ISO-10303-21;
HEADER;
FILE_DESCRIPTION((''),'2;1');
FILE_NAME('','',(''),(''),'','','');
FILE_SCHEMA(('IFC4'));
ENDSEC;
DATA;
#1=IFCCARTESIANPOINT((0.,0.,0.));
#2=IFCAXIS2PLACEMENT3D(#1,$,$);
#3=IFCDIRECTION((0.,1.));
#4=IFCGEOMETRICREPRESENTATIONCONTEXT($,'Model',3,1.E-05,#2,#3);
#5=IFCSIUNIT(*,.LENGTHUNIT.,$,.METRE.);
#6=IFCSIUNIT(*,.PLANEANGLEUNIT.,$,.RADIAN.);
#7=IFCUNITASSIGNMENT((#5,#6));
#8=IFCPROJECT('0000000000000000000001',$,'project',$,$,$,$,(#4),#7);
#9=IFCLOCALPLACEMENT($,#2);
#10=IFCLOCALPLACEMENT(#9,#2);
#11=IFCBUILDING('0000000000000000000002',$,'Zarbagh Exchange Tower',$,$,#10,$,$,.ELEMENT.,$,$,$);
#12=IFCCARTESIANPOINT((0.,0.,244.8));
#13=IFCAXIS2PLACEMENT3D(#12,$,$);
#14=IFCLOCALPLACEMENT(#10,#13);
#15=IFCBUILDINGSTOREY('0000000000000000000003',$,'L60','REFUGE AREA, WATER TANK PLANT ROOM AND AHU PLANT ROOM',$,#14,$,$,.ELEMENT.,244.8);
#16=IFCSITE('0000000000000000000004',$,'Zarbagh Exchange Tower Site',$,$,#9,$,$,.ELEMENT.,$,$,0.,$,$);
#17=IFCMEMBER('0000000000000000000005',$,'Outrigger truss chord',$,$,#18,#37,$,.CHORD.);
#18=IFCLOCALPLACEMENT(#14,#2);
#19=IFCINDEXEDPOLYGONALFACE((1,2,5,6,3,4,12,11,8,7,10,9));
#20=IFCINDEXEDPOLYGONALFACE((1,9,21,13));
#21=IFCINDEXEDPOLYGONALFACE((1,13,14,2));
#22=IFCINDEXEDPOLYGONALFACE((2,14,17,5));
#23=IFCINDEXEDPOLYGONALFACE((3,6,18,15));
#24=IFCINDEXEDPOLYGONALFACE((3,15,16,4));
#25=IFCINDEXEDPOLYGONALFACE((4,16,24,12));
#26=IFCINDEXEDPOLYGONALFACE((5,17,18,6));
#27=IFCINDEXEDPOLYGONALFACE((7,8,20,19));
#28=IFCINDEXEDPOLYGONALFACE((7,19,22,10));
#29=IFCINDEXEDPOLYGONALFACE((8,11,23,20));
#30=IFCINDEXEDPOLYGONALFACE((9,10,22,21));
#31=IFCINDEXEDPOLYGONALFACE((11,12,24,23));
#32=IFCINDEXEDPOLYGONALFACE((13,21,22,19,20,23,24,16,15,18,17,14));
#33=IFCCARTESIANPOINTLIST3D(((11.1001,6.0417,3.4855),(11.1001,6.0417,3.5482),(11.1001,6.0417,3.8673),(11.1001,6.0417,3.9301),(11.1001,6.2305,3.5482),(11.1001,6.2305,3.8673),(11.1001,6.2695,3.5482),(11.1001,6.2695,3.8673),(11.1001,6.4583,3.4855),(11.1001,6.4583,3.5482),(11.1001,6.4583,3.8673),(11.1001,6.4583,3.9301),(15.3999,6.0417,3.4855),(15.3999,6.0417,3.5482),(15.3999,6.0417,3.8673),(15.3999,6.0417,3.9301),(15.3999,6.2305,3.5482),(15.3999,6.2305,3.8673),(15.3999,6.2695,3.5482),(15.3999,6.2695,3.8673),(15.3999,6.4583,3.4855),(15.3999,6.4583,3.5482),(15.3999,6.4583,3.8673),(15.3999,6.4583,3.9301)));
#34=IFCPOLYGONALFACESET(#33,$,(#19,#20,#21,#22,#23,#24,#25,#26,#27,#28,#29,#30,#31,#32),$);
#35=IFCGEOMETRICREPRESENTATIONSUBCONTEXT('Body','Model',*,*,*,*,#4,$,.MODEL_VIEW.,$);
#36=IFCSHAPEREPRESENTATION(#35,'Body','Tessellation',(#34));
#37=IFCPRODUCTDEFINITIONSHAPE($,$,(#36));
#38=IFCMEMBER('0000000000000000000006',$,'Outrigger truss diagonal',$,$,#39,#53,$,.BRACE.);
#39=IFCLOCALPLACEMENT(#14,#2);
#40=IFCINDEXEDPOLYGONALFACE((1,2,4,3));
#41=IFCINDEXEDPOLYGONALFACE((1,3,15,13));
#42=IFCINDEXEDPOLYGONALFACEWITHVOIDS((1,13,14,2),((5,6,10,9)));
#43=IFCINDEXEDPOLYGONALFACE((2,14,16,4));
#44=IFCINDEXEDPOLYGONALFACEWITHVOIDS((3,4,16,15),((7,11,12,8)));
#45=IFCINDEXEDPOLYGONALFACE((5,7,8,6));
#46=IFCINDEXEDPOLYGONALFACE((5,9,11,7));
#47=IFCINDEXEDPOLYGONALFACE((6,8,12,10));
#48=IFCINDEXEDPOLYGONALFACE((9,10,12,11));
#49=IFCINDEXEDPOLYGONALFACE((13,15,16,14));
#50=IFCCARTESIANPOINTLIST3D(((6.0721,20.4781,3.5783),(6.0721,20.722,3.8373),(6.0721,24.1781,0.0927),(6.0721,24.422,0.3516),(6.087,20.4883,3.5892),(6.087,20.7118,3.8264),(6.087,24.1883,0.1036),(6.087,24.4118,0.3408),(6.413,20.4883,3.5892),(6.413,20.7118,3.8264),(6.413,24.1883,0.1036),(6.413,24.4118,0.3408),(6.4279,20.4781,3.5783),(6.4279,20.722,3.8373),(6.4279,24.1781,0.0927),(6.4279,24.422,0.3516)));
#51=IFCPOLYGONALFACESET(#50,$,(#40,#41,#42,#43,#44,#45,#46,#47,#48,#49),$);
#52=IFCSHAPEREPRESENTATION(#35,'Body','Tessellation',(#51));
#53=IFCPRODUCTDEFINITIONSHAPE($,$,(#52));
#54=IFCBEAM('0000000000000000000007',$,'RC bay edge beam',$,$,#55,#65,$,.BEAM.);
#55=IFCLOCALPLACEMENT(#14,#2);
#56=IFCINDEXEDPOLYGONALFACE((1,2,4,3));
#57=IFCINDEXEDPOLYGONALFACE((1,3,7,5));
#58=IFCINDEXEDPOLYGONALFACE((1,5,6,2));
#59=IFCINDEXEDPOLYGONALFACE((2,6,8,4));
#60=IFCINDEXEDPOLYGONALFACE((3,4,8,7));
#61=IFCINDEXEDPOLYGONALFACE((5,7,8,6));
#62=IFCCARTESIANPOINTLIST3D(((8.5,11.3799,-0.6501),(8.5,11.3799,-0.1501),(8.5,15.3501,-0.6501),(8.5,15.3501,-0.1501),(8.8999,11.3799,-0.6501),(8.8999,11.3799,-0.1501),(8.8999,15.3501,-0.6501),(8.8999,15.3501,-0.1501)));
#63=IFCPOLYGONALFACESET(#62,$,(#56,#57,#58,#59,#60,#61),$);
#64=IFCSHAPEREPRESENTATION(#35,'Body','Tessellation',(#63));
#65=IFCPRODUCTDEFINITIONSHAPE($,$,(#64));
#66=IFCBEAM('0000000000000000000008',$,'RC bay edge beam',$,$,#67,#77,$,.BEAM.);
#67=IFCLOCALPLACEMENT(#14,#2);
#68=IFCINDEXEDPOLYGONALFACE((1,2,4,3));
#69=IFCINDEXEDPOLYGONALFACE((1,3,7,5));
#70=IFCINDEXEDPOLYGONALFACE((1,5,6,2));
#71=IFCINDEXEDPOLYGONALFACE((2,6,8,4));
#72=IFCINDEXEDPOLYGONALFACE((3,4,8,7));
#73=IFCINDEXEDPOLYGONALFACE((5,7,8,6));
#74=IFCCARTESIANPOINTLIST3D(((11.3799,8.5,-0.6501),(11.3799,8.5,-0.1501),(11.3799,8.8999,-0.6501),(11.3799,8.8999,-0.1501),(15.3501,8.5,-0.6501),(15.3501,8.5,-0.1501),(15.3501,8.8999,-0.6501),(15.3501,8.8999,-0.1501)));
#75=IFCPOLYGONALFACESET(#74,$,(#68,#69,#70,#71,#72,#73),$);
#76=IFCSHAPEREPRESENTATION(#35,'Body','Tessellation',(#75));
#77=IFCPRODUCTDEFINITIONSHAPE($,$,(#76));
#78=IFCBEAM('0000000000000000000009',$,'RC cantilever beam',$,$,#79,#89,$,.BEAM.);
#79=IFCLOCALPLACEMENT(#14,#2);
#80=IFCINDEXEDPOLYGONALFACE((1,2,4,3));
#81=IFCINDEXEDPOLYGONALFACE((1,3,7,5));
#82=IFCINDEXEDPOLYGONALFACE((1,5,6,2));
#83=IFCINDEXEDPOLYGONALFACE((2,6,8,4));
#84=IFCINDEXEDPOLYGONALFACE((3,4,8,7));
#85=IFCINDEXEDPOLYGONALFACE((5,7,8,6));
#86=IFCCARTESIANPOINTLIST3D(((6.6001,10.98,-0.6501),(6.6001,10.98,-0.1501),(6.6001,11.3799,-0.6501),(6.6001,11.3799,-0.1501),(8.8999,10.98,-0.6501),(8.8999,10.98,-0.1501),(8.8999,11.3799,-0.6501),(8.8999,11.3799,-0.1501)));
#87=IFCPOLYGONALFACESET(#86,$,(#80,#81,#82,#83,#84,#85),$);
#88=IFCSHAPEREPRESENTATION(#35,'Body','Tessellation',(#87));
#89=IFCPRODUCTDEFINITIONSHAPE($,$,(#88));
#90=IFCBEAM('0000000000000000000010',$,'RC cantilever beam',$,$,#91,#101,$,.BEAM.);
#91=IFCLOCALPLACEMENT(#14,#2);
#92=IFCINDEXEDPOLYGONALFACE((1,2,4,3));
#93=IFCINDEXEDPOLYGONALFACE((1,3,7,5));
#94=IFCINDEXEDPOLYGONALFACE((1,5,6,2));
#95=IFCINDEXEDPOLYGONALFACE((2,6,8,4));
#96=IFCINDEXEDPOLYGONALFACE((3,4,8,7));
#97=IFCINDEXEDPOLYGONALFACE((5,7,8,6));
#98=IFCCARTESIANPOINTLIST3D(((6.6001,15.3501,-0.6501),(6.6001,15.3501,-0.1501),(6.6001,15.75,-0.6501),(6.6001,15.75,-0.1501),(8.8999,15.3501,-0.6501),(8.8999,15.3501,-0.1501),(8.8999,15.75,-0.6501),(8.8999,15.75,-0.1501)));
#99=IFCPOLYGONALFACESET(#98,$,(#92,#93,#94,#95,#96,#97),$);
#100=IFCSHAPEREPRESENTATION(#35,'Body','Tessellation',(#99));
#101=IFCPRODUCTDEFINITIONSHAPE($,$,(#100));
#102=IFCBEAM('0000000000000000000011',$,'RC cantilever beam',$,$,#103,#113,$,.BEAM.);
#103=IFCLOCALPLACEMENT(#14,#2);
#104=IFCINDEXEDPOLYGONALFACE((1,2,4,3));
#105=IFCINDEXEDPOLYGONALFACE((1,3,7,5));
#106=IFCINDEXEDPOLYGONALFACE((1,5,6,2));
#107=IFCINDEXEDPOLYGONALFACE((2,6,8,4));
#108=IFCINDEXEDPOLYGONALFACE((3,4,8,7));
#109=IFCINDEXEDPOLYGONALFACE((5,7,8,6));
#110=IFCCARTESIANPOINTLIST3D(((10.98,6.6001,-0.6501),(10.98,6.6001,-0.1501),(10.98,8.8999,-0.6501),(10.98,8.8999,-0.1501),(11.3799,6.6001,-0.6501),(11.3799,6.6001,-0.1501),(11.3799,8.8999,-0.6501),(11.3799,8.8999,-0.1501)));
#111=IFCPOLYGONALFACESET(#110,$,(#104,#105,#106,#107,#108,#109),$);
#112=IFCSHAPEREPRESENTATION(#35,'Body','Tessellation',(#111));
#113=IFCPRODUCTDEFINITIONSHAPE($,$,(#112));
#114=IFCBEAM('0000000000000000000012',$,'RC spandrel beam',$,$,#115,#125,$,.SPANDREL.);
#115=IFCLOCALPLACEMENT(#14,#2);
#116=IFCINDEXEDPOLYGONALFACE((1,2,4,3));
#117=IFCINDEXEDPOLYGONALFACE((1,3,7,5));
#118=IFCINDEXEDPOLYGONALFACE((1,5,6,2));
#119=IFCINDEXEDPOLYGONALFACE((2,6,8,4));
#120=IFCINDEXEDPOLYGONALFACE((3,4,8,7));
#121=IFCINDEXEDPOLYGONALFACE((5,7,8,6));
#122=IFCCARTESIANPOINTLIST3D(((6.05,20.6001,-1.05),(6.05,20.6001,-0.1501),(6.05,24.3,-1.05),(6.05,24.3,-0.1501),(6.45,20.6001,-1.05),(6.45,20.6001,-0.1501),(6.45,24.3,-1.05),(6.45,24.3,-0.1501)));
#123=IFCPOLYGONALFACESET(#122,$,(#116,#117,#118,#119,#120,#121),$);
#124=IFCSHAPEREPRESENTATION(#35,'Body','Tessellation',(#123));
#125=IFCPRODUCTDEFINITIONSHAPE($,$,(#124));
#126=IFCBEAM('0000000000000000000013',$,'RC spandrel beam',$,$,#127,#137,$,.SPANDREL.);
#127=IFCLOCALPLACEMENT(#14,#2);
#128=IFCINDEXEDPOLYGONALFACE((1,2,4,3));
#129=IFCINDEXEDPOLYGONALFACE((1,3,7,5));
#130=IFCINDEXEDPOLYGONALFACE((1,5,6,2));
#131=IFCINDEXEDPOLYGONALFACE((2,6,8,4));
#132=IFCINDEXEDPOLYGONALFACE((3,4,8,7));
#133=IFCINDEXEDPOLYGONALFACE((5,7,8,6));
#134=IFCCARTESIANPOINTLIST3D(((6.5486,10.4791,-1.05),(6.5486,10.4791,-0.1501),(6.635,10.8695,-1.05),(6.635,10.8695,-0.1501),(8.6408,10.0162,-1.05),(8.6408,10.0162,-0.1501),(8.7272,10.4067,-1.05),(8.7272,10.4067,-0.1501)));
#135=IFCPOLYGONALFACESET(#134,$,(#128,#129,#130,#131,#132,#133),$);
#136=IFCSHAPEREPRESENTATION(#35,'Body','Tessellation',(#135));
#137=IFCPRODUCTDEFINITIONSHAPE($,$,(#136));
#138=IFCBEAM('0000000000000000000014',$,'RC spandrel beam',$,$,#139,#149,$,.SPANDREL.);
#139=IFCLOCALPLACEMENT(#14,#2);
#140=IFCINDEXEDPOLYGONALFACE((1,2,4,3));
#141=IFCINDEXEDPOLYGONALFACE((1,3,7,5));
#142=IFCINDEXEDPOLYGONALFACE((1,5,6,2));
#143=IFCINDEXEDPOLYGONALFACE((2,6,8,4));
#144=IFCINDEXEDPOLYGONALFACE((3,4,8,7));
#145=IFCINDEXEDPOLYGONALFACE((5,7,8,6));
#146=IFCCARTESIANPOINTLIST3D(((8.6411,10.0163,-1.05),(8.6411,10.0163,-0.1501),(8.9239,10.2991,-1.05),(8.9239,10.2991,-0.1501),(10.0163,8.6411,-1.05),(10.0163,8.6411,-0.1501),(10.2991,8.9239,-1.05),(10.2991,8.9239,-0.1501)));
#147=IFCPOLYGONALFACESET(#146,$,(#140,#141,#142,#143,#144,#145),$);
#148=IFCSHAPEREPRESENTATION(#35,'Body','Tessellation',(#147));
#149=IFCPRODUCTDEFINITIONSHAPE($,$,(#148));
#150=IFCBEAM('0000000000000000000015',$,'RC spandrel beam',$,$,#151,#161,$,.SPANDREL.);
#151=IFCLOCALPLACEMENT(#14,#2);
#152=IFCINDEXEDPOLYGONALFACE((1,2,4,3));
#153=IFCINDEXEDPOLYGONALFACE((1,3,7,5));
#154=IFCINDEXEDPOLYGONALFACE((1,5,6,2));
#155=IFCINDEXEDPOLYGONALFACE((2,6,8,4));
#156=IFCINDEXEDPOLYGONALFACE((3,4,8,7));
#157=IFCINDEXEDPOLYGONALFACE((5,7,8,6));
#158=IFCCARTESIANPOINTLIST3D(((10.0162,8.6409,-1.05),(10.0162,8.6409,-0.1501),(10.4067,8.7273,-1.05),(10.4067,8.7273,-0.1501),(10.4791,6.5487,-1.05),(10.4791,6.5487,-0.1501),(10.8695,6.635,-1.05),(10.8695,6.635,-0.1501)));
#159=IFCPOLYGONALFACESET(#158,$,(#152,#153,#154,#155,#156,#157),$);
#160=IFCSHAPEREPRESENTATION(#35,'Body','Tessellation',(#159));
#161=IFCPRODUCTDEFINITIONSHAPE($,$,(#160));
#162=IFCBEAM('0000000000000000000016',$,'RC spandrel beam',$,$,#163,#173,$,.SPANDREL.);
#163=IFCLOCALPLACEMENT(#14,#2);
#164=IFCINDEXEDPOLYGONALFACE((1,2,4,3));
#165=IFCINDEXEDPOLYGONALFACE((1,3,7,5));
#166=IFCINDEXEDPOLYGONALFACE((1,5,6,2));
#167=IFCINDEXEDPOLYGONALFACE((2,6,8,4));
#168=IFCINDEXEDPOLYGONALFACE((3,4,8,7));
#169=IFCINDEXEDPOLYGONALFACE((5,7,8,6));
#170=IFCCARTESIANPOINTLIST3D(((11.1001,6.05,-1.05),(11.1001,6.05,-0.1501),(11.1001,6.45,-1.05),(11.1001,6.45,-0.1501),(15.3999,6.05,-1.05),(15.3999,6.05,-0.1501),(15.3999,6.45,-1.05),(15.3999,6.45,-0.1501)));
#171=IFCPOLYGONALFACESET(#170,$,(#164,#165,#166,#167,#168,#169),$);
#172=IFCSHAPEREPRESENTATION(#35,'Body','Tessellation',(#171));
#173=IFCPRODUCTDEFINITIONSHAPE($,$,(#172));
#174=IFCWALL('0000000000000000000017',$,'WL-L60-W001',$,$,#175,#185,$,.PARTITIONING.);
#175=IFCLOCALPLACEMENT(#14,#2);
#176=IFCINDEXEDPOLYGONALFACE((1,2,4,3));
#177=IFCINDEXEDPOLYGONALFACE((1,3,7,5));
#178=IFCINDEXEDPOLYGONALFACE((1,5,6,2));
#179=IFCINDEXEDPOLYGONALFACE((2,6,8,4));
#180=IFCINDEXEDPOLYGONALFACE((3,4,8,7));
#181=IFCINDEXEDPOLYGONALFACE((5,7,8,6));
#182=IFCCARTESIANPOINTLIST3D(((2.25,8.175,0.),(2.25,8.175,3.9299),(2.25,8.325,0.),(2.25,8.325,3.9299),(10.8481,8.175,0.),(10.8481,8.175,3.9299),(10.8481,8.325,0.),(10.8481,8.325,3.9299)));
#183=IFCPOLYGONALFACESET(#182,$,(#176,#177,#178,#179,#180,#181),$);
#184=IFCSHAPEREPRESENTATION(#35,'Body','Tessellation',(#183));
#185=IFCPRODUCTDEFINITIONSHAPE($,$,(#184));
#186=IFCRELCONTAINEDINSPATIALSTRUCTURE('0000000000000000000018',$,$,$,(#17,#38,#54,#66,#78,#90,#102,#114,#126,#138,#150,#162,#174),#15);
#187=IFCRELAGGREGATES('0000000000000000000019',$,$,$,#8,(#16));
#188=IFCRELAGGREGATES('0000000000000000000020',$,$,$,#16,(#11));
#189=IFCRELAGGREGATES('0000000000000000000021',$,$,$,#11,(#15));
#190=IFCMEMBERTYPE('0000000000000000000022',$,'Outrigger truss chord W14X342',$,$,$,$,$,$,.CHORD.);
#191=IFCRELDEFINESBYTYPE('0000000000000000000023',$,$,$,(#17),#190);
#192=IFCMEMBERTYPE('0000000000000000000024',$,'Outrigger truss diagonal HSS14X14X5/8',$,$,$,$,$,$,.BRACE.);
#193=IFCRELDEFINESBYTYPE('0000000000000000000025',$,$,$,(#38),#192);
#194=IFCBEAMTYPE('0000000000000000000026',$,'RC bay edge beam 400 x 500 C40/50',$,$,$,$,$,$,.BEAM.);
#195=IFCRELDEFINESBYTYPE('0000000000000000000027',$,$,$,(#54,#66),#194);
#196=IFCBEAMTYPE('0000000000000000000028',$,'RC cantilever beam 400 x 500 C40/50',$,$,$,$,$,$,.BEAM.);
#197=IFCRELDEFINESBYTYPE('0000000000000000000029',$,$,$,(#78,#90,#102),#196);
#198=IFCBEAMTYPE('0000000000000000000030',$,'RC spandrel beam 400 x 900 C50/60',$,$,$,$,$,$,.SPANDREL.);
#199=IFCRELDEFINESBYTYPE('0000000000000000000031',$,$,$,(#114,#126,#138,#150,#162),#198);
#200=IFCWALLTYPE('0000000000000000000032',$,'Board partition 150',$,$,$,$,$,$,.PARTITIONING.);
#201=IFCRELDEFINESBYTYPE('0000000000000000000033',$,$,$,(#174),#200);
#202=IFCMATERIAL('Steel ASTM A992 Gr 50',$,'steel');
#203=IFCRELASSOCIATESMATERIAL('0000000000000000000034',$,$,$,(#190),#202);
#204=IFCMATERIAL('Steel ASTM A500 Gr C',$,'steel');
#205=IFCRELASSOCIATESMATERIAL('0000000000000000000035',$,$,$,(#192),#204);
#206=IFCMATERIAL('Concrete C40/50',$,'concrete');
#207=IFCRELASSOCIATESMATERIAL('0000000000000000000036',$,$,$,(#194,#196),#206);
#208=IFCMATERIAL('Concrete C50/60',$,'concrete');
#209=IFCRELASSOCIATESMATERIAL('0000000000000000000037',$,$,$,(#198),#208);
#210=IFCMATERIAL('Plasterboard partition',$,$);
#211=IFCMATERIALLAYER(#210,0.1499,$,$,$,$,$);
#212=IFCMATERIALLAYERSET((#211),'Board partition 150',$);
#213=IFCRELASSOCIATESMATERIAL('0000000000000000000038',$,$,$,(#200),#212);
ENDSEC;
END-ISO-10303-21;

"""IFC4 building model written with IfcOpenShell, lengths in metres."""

from ifc_helpers import new_model, si_unit, direction, frame, frame_2d, origin, origin_2d, place, context, subcontext, project, spatial, rectangle, hollow_rectangle, i_section, extrude, material, layer, layer_set, material_profile, profile_set, type_object, element, save


model = new_model("IFC4")

# Units and contexts
model_context = context("Model", 3, precision=1e-05, world=origin(), true_north=direction((0.0, 1.0)))
body_context = subcontext(model_context, "Body", "Model", "MODEL_VIEW")
ifc_project = project(units=[si_unit("LENGTHUNIT", "METRE"), si_unit("PLANEANGLEUNIT", "RADIAN")], contexts=[model_context])

# Site, building, storey
site_placement = place(None, origin())
site = spatial("IfcSite", under=ifc_project, at=site_placement, Name="Zarbagh Exchange Tower Site", CompositionType="ELEMENT", RefElevation=0.0)
building_placement = place(site_placement, origin())
building = spatial("IfcBuilding", under=site, at=building_placement, Name="Zarbagh Exchange Tower", CompositionType="ELEMENT")
storey_placement = place(building_placement, frame((0.0, 0.0, 244.8)))
storey = spatial("IfcBuildingStorey", under=building, at=storey_placement, Name="L60", Description="REFUGE AREA, WATER TANK PLANT ROOM AND AHU PLANT ROOM", CompositionType="ELEMENT", Elevation=244.8)

# Shared definitions
ifc_material_1 = material(Name="Concrete C50/60", Category="concrete")

# Shared definitions
ifc_material_2 = material(Name="Steel ASTM A992 Gr 50", Category="steel")
ifc_material_3 = material(Name="Steel ASTM A500 Gr C", Category="steel")

# Members
ifc_material_profile_1 = material_profile(ifc_material_2, i_section(OverallWidth=0.4165, OverallDepth=0.4446, WebThickness=0.0391, FlangeThickness=0.0627, at=origin_2d()), Name="W14X342")
ifc_profile_set_1 = profile_set([ifc_material_profile_1], Name="Steel ASTM A992 Gr 50")
member_type_1 = type_object("IfcMemberType", Name="Outrigger truss chord W14X342", PredefinedType="CHORD", material=ifc_profile_set_1)
for number, where, z_axis, x_axis, name in (
    (1, (11.1001, 6.25, 3.7078), (1.0, 0.0, 0.0), (0.0, 1.0, 0.0), "Outrigger truss chord"),
):
    element("IfcMember", number, at=place(storey_placement, frame(where, z_axis=z_axis, x_axis=x_axis)), inside=storey, type_object=member_type_1, Name=name, PredefinedType="CHORD", context=body_context, shape_type="SweptSolid", body=[
        extrude(i_section(OverallWidth=0.4165, OverallDepth=0.4446, WebThickness=0.0391, FlangeThickness=0.0627, at=origin_2d()), origin(), (0.0, 0.0, 1.0), 4.2998),
    ])
ifc_material_profile_2 = material_profile(ifc_material_3, hollow_rectangle(XDim=0.3557, YDim=0.3557, WallThickness=0.0149, at=origin_2d()), Name="HSS14X14X5/8")
ifc_profile_set_2 = profile_set([ifc_material_profile_2], Name="Steel ASTM A500 Gr C")
member_type_2 = type_object("IfcMemberType", Name="Outrigger truss diagonal HSS14X14X5/8", PredefinedType="BRACE", material=ifc_profile_set_2)
member_1_placement = place(storey_placement, frame((6.25, 24.3, 0.2222), z_axis=(0.0, -0.727877, 0.685708), x_axis=(1.0, 0.0, 0.0)))
element("IfcMember", 2, at=member_1_placement, inside=storey, type_object=member_type_2, Name="Outrigger truss diagonal", PredefinedType="BRACE", context=body_context, shape_type="SweptSolid", body=[
    extrude(hollow_rectangle(XDim=0.3557, YDim=0.3557, WallThickness=0.0149, at=origin_2d()), origin(), (0.0, 0.0, 1.0), 5.0833),
])

# Beams
ifc_material_4 = material(Name="Concrete C40/50", Category="concrete")
ifc_material_profile_3 = material_profile(ifc_material_4, rectangle(XDim=0.3999, YDim=0.5, at=origin_2d()), Name="RC bay edge beam 400 x 500 C40/50")
ifc_profile_set_3 = profile_set([ifc_material_profile_3], Name="Concrete C40/50")
beam_type_1 = type_object("IfcBeamType", Name="RC bay edge beam 400 x 500 C40/50", PredefinedType="BEAM", material=ifc_profile_set_3)
for number, where, z_axis, x_axis, name in (
    (3, (8.7, 11.3799, -0.4001), (0.0, 1.0, 0.0), (-1.0, 0.0, 0.0), "RC bay edge beam"),
    (4, (11.3799, 8.7, -0.4001), (1.0, 0.0, 0.0), (0.0, 1.0, 0.0), "RC bay edge beam"),
):
    element("IfcBeam", number, at=place(storey_placement, frame(where, z_axis=z_axis, x_axis=x_axis)), inside=storey, type_object=beam_type_1, Name=name, PredefinedType="BEAM", context=body_context, shape_type="SweptSolid", body=[
        extrude(rectangle(XDim=0.3999, YDim=0.5, at=origin_2d()), origin(), (0.0, 0.0, 1.0), 3.9702),
    ])
ifc_material_profile_4 = material_profile(ifc_material_4, rectangle(XDim=0.3999, YDim=0.5, at=origin_2d()), Name="RC cantilever beam 400 x 500 C40/50")
ifc_profile_set_4 = profile_set([ifc_material_profile_4], Name="Concrete C40/50")
beam_type_2 = type_object("IfcBeamType", Name="RC cantilever beam 400 x 500 C40/50", PredefinedType="BEAM", material=ifc_profile_set_4)
for number, where, z_axis, x_axis, name in (
    (5, (6.6001, 11.1799, -0.4001), (1.0, 0.0, 0.0), (0.0, 1.0, 0.0), "RC cantilever beam"),
    (6, (6.6001, 15.55, -0.4001), (1.0, 0.0, 0.0), (0.0, 1.0, 0.0), "RC cantilever beam"),
    (7, (11.1799, 6.6001, -0.4001), (0.0, 1.0, 0.0), (-1.0, 0.0, 0.0), "RC cantilever beam"),
):
    element("IfcBeam", number, at=place(storey_placement, frame(where, z_axis=z_axis, x_axis=x_axis)), inside=storey, type_object=beam_type_2, Name=name, PredefinedType="BEAM", context=body_context, shape_type="SweptSolid", body=[
        extrude(rectangle(XDim=0.3999, YDim=0.5, at=origin_2d()), origin(), (0.0, 0.0, 1.0), 2.2998),
    ])
ifc_material_profile_5 = material_profile(ifc_material_1, rectangle(XDim=0.3999, YDim=0.8999, at=origin_2d()), Name="RC spandrel beam 400 x 900 C50/60")
ifc_profile_set_5 = profile_set([ifc_material_profile_5], Name="Concrete C50/60")
beam_type_3 = type_object("IfcBeamType", Name="RC spandrel beam 400 x 900 C50/60", PredefinedType="SPANDREL", material=ifc_profile_set_5)
beam_1_placement = place(storey_placement, frame((6.25, 24.3, -0.6001), z_axis=(0.0, -1.0, 0.0), x_axis=(1.0, 0.0, 0.0)))
element("IfcBeam", 8, at=beam_1_placement, inside=storey, type_object=beam_type_3, Name="RC spandrel beam", PredefinedType="SPANDREL", context=body_context, shape_type="SweptSolid", body=[
    extrude(rectangle(XDim=0.3999, YDim=0.8999, at=origin_2d()), origin(), (0.0, 0.0, 1.0), 3.7),
])
beam_2_placement = place(storey_placement, frame((6.5918, 10.6743, -0.6001), z_axis=(0.97639, -0.216014, 0.0), x_axis=(0.216014, 0.97639, 0.0)))
element("IfcBeam", 9, at=beam_2_placement, inside=storey, type_object=beam_type_3, Name="RC spandrel beam", PredefinedType="SPANDREL", context=body_context, shape_type="SweptSolid", body=[
    extrude(rectangle(XDim=0.3999, YDim=0.8999, at=origin_2d()), origin(), (0.0, 0.0, 1.0), 2.1428),
])
beam_3_placement = place(storey_placement, frame((8.7825, 10.1577, -0.6001), z_axis=(0.707107, -0.707107, 0.0), x_axis=(0.707107, 0.707107, 0.0)))
element("IfcBeam", 10, at=beam_3_placement, inside=storey, type_object=beam_type_3, Name="RC spandrel beam", PredefinedType="SPANDREL", context=body_context, shape_type="SweptSolid", body=[
    extrude(rectangle(XDim=0.3999, YDim=0.8999, at=origin_2d()), origin(), (0.0, 0.0, 1.0), 1.9448),
])
beam_4_placement = place(storey_placement, frame((10.2114, 8.6841, -0.6001), z_axis=(0.216014, -0.97639, 0.0), x_axis=(0.97639, 0.216014, 0.0)))
element("IfcBeam", 11, at=beam_4_placement, inside=storey, type_object=beam_type_3, Name="RC spandrel beam", PredefinedType="SPANDREL", context=body_context, shape_type="SweptSolid", body=[
    extrude(rectangle(XDim=0.3999, YDim=0.8999, at=origin_2d()), origin(), (0.0, 0.0, 1.0), 2.1428),
])
beam_5_placement = place(storey_placement, frame((11.1001, 6.25, -0.6001), z_axis=(1.0, 0.0, 0.0), x_axis=(0.0, 1.0, 0.0)))
element("IfcBeam", 12, at=beam_5_placement, inside=storey, type_object=beam_type_3, Name="RC spandrel beam", PredefinedType="SPANDREL", context=body_context, shape_type="SweptSolid", body=[
    extrude(rectangle(XDim=0.3999, YDim=0.8999, at=origin_2d()), origin(), (0.0, 0.0, 1.0), 4.2998),
])

# Wall
ifc_material_5 = material(Name="Plasterboard partition")
ifc_layer_1 = layer(ifc_material_5, 0.1499)
ifc_layer_set_1 = layer_set([ifc_layer_1], Name="Board partition 150")
wall_type_1 = type_object("IfcWallType", Name="Board partition 150", PredefinedType="PARTITIONING", material=ifc_layer_set_1)
wall_1_placement = place(storey_placement, frame((10.8481, 8.25, 0.0), z_axis=(0.0, 0.0, 1.0), x_axis=(-1.0, 0.0, 0.0)))
element("IfcWall", 13, at=wall_1_placement, inside=storey, type_object=wall_type_1, Name="WL-L60-W001", PredefinedType="PARTITIONING", context=body_context, shape_type="SweptSolid", body=[
    extrude(rectangle(XDim=8.5981, YDim=0.1499, at=frame_2d((4.2991, 0.0))), origin(), (0.0, 0.0, 1.0), 3.9299),
])

save(model, "model.ifc")
